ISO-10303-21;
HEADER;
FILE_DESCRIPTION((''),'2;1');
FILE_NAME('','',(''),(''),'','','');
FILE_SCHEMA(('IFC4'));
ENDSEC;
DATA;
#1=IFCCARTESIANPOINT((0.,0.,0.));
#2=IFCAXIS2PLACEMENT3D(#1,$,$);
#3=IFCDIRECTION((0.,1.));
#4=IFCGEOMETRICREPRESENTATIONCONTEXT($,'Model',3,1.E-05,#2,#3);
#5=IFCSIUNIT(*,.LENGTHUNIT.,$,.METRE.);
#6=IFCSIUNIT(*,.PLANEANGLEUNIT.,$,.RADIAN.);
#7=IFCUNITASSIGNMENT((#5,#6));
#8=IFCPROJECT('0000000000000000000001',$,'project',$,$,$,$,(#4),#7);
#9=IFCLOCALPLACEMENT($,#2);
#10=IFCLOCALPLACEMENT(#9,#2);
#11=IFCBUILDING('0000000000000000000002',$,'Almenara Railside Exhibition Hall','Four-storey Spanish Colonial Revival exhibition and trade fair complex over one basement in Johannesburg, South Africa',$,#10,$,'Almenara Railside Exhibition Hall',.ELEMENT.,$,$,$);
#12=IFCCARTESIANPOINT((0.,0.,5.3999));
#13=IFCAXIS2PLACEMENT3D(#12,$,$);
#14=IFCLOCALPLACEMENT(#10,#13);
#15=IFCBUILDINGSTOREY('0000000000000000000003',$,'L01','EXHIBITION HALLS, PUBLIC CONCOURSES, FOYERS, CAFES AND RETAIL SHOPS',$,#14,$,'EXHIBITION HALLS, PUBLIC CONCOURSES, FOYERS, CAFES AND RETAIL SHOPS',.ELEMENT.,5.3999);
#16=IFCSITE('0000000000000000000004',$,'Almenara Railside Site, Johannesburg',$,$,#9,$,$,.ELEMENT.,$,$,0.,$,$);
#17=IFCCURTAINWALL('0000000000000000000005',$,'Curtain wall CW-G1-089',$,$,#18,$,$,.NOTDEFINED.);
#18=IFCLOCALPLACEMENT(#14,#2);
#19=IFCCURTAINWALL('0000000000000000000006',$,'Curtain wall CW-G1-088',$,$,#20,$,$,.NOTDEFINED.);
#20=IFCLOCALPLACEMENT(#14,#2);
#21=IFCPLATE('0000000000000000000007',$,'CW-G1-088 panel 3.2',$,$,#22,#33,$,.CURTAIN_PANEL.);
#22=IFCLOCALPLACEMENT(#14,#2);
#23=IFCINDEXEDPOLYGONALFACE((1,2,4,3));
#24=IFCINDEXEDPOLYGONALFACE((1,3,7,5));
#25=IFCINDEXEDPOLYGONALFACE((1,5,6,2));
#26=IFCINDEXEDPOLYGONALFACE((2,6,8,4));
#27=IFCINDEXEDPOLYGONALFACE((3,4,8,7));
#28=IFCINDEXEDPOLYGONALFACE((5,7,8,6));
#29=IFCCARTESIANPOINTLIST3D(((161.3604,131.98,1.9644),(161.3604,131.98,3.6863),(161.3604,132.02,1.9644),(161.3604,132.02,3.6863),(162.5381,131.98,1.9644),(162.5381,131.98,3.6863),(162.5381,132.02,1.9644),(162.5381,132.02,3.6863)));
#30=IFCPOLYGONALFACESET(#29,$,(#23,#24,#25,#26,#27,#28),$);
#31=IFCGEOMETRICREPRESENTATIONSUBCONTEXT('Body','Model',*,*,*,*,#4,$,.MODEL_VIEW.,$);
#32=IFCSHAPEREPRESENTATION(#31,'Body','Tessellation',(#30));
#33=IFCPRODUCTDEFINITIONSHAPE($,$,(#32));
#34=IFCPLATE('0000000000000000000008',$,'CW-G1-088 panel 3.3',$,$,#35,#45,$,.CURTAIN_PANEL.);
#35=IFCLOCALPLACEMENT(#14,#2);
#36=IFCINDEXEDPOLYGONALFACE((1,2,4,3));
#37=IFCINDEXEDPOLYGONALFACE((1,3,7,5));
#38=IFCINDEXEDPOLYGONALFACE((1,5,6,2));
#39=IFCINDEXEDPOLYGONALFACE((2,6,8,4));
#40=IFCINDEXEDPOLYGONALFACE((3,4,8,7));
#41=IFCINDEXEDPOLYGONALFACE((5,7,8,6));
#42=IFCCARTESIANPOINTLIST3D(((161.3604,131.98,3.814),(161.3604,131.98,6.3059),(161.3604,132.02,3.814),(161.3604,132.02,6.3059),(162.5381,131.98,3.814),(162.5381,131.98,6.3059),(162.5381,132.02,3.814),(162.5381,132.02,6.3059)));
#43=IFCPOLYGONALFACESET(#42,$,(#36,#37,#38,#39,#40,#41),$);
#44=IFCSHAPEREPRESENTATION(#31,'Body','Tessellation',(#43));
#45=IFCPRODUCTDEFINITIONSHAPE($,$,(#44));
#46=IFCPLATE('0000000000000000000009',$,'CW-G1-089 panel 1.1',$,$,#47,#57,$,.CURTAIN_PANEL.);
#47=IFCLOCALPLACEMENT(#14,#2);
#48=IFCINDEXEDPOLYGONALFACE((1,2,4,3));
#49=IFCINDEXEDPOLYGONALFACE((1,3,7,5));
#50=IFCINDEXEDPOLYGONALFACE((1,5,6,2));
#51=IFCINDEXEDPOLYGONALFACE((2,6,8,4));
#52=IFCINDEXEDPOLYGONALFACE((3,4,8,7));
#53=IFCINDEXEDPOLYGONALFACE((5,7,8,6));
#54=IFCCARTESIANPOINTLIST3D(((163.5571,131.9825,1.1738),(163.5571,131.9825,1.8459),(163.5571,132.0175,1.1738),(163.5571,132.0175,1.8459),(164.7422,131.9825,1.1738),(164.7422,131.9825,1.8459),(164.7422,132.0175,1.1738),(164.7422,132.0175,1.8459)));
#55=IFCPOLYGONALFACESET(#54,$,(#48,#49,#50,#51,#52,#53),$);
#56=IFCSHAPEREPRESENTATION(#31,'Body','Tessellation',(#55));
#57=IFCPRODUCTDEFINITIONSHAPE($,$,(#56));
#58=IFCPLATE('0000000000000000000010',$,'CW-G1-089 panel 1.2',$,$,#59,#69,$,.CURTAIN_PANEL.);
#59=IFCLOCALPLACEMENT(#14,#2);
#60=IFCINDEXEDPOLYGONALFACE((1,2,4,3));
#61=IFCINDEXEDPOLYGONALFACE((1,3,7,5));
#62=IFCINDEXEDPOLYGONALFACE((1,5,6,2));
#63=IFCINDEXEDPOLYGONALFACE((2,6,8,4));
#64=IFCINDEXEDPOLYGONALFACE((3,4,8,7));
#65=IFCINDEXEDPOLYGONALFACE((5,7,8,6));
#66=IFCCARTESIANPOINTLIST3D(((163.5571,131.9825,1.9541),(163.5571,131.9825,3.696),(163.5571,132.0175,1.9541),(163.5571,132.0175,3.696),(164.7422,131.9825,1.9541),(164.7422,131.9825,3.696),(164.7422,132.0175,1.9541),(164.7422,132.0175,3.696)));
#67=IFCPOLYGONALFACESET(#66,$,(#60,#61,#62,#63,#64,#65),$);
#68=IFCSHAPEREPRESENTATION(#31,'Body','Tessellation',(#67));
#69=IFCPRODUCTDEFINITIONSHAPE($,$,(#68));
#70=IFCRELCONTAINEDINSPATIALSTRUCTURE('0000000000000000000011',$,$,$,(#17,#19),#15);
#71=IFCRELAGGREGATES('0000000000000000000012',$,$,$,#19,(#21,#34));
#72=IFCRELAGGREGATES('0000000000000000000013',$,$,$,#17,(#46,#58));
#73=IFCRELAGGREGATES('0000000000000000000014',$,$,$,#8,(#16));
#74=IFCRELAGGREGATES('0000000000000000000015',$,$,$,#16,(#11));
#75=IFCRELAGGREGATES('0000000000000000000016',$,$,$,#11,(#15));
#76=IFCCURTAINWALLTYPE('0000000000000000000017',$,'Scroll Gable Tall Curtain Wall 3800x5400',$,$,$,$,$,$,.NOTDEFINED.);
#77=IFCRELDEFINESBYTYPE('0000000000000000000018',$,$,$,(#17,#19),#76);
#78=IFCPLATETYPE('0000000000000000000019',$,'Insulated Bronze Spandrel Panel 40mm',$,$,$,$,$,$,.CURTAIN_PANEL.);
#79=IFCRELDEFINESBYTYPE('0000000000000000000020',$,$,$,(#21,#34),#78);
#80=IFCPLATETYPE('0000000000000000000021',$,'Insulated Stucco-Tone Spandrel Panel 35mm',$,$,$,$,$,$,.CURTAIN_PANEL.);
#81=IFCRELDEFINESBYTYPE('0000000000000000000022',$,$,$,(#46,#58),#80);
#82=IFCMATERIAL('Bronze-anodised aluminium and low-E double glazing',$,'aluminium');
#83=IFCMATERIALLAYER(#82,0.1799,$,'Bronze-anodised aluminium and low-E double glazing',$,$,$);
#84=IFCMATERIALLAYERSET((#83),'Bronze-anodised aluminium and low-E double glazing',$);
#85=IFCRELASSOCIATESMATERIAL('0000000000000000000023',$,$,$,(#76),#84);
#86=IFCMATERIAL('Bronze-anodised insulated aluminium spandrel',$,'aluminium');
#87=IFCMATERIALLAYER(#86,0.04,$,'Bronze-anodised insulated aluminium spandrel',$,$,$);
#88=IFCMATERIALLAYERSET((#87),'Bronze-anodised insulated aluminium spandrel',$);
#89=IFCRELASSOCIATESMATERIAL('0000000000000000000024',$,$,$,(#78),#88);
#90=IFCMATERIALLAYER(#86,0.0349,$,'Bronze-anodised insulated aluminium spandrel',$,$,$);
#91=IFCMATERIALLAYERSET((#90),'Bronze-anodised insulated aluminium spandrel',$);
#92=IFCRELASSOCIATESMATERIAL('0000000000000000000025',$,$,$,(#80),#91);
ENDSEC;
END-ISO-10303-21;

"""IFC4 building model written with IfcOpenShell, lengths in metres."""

from ifc_helpers import new_model, si_unit, direction, frame, origin, origin_2d, place, context, subcontext, project, spatial, rectangle, extrude, material, layer, layer_set, type_object, element, aggregate, save


model = new_model("IFC4")

# Units and contexts
model_context = context("Model", 3, precision=1e-05, world=origin(), true_north=direction((0.0, 1.0)))
body_context = subcontext(model_context, "Body", "Model", "MODEL_VIEW")
ifc_project = project(units=[si_unit("LENGTHUNIT", "METRE"), si_unit("PLANEANGLEUNIT", "RADIAN")], contexts=[model_context])

# Site, building, storey
site_placement = place(None, origin())
site = spatial("IfcSite", under=ifc_project, at=site_placement, Name="Almenara Railside Site, Johannesburg", CompositionType="ELEMENT", RefElevation=0.0)
building_placement = place(site_placement, origin())
building = spatial("IfcBuilding", under=site, at=building_placement, Name="Almenara Railside Exhibition Hall", Description="Four-storey Spanish Colonial Revival exhibition and trade fair complex over one basement in Johannesburg, South Africa", LongName="Almenara Railside Exhibition Hall", CompositionType="ELEMENT")
storey_placement = place(building_placement, frame((0.0, 0.0, 5.3999)))
storey = spatial("IfcBuildingStorey", under=building, at=storey_placement, Name="L01", Description="EXHIBITION HALLS, PUBLIC CONCOURSES, FOYERS, CAFES AND RETAIL SHOPS", LongName="EXHIBITION HALLS, PUBLIC CONCOURSES, FOYERS, CAFES AND RETAIL SHOPS", CompositionType="ELEMENT", Elevation=5.3999)

# Curtain wall
ifc_material_1 = material(Name="Bronze-anodised aluminium and low-E double glazing", Category="aluminium")
ifc_layer_1 = layer(ifc_material_1, 0.1799, Name="Bronze-anodised aluminium and low-E double glazing")
ifc_layer_set_1 = layer_set([ifc_layer_1], Name="Bronze-anodised aluminium and low-E double glazing")
curtain_wall_type = type_object("IfcCurtainWallType", Name="Scroll Gable Tall Curtain Wall 3800x5400", PredefinedType="NOTDEFINED", material=ifc_layer_set_1)
curtain_wall_1_placement = place(storey_placement, origin())
curtain_wall_1 = element("IfcCurtainWall", 1, at=curtain_wall_1_placement, inside=storey, type_object=curtain_wall_type, Name="Curtain wall CW-G1-089", PredefinedType="NOTDEFINED")

# Curtain wall
curtain_wall_2_placement = place(storey_placement, origin())
curtain_wall_2 = element("IfcCurtainWall", 2, at=curtain_wall_2_placement, inside=storey, type_object=curtain_wall_type, Name="Curtain wall CW-G1-088", PredefinedType="NOTDEFINED")

# Plates
ifc_material_2 = material(Name="Bronze-anodised insulated aluminium spandrel", Category="aluminium")
ifc_layer_2 = layer(ifc_material_2, 0.04, Name="Bronze-anodised insulated aluminium spandrel")
ifc_layer_set_2 = layer_set([ifc_layer_2], Name="Bronze-anodised insulated aluminium spandrel")
plate_type_1 = type_object("IfcPlateType", Name="Insulated Bronze Spandrel Panel 40mm", PredefinedType="CURTAIN_PANEL", material=ifc_layer_set_2)
plate_1_placement = place(storey_placement, frame((161.9492, 132.0, 1.9644), z_axis=(0.0, 0.0, 1.0), x_axis=(1.0, 0.0, 0.0)))
plate_1 = element("IfcPlate", 3, at=plate_1_placement, type_object=plate_type_1, Name="CW-G1-088 panel 3.2", PredefinedType="CURTAIN_PANEL", context=body_context, shape_type="SweptSolid", body=[
    extrude(rectangle(XDim=1.1777, YDim=0.04, at=origin_2d()), origin(), (0.0, 0.0, 1.0), 1.7219),
])
plate_2_placement = place(storey_placement, frame((161.9492, 132.0, 3.814), z_axis=(0.0, 0.0, 1.0), x_axis=(1.0, 0.0, 0.0)))
plate_2 = element("IfcPlate", 4, at=plate_2_placement, type_object=plate_type_1, Name="CW-G1-088 panel 3.3", PredefinedType="CURTAIN_PANEL", context=body_context, shape_type="SweptSolid", body=[
    extrude(rectangle(XDim=1.1777, YDim=0.04, at=origin_2d()), origin(), (0.0, 0.0, 1.0), 2.4919),
])
aggregate(curtain_wall_2, [plate_1, plate_2])
ifc_layer_3 = layer(ifc_material_2, 0.0349, Name="Bronze-anodised insulated aluminium spandrel")
ifc_layer_set_3 = layer_set([ifc_layer_3], Name="Bronze-anodised insulated aluminium spandrel")
plate_type_2 = type_object("IfcPlateType", Name="Insulated Stucco-Tone Spandrel Panel 35mm", PredefinedType="CURTAIN_PANEL", material=ifc_layer_set_3)
plate_3_placement = place(storey_placement, frame((164.1497, 132.0, 1.1738), z_axis=(0.0, 0.0, 1.0), x_axis=(1.0, 0.0, 0.0)))
plate_3 = element("IfcPlate", 5, at=plate_3_placement, type_object=plate_type_2, Name="CW-G1-089 panel 1.1", PredefinedType="CURTAIN_PANEL", context=body_context, shape_type="SweptSolid", body=[
    extrude(rectangle(XDim=1.1851, YDim=0.0349, at=origin_2d()), origin(), (0.0, 0.0, 1.0), 0.6721),
])
plate_4_placement = place(storey_placement, frame((164.1497, 132.0, 1.9541), z_axis=(0.0, 0.0, 1.0), x_axis=(1.0, 0.0, 0.0)))
plate_4 = element("IfcPlate", 6, at=plate_4_placement, type_object=plate_type_2, Name="CW-G1-089 panel 1.2", PredefinedType="CURTAIN_PANEL", context=body_context, shape_type="SweptSolid", body=[
    extrude(rectangle(XDim=1.1851, YDim=0.0349, at=origin_2d()), origin(), (0.0, 0.0, 1.0), 1.7419),
])
aggregate(curtain_wall_1, [plate_3, plate_4])

save(model, "model.ifc")
